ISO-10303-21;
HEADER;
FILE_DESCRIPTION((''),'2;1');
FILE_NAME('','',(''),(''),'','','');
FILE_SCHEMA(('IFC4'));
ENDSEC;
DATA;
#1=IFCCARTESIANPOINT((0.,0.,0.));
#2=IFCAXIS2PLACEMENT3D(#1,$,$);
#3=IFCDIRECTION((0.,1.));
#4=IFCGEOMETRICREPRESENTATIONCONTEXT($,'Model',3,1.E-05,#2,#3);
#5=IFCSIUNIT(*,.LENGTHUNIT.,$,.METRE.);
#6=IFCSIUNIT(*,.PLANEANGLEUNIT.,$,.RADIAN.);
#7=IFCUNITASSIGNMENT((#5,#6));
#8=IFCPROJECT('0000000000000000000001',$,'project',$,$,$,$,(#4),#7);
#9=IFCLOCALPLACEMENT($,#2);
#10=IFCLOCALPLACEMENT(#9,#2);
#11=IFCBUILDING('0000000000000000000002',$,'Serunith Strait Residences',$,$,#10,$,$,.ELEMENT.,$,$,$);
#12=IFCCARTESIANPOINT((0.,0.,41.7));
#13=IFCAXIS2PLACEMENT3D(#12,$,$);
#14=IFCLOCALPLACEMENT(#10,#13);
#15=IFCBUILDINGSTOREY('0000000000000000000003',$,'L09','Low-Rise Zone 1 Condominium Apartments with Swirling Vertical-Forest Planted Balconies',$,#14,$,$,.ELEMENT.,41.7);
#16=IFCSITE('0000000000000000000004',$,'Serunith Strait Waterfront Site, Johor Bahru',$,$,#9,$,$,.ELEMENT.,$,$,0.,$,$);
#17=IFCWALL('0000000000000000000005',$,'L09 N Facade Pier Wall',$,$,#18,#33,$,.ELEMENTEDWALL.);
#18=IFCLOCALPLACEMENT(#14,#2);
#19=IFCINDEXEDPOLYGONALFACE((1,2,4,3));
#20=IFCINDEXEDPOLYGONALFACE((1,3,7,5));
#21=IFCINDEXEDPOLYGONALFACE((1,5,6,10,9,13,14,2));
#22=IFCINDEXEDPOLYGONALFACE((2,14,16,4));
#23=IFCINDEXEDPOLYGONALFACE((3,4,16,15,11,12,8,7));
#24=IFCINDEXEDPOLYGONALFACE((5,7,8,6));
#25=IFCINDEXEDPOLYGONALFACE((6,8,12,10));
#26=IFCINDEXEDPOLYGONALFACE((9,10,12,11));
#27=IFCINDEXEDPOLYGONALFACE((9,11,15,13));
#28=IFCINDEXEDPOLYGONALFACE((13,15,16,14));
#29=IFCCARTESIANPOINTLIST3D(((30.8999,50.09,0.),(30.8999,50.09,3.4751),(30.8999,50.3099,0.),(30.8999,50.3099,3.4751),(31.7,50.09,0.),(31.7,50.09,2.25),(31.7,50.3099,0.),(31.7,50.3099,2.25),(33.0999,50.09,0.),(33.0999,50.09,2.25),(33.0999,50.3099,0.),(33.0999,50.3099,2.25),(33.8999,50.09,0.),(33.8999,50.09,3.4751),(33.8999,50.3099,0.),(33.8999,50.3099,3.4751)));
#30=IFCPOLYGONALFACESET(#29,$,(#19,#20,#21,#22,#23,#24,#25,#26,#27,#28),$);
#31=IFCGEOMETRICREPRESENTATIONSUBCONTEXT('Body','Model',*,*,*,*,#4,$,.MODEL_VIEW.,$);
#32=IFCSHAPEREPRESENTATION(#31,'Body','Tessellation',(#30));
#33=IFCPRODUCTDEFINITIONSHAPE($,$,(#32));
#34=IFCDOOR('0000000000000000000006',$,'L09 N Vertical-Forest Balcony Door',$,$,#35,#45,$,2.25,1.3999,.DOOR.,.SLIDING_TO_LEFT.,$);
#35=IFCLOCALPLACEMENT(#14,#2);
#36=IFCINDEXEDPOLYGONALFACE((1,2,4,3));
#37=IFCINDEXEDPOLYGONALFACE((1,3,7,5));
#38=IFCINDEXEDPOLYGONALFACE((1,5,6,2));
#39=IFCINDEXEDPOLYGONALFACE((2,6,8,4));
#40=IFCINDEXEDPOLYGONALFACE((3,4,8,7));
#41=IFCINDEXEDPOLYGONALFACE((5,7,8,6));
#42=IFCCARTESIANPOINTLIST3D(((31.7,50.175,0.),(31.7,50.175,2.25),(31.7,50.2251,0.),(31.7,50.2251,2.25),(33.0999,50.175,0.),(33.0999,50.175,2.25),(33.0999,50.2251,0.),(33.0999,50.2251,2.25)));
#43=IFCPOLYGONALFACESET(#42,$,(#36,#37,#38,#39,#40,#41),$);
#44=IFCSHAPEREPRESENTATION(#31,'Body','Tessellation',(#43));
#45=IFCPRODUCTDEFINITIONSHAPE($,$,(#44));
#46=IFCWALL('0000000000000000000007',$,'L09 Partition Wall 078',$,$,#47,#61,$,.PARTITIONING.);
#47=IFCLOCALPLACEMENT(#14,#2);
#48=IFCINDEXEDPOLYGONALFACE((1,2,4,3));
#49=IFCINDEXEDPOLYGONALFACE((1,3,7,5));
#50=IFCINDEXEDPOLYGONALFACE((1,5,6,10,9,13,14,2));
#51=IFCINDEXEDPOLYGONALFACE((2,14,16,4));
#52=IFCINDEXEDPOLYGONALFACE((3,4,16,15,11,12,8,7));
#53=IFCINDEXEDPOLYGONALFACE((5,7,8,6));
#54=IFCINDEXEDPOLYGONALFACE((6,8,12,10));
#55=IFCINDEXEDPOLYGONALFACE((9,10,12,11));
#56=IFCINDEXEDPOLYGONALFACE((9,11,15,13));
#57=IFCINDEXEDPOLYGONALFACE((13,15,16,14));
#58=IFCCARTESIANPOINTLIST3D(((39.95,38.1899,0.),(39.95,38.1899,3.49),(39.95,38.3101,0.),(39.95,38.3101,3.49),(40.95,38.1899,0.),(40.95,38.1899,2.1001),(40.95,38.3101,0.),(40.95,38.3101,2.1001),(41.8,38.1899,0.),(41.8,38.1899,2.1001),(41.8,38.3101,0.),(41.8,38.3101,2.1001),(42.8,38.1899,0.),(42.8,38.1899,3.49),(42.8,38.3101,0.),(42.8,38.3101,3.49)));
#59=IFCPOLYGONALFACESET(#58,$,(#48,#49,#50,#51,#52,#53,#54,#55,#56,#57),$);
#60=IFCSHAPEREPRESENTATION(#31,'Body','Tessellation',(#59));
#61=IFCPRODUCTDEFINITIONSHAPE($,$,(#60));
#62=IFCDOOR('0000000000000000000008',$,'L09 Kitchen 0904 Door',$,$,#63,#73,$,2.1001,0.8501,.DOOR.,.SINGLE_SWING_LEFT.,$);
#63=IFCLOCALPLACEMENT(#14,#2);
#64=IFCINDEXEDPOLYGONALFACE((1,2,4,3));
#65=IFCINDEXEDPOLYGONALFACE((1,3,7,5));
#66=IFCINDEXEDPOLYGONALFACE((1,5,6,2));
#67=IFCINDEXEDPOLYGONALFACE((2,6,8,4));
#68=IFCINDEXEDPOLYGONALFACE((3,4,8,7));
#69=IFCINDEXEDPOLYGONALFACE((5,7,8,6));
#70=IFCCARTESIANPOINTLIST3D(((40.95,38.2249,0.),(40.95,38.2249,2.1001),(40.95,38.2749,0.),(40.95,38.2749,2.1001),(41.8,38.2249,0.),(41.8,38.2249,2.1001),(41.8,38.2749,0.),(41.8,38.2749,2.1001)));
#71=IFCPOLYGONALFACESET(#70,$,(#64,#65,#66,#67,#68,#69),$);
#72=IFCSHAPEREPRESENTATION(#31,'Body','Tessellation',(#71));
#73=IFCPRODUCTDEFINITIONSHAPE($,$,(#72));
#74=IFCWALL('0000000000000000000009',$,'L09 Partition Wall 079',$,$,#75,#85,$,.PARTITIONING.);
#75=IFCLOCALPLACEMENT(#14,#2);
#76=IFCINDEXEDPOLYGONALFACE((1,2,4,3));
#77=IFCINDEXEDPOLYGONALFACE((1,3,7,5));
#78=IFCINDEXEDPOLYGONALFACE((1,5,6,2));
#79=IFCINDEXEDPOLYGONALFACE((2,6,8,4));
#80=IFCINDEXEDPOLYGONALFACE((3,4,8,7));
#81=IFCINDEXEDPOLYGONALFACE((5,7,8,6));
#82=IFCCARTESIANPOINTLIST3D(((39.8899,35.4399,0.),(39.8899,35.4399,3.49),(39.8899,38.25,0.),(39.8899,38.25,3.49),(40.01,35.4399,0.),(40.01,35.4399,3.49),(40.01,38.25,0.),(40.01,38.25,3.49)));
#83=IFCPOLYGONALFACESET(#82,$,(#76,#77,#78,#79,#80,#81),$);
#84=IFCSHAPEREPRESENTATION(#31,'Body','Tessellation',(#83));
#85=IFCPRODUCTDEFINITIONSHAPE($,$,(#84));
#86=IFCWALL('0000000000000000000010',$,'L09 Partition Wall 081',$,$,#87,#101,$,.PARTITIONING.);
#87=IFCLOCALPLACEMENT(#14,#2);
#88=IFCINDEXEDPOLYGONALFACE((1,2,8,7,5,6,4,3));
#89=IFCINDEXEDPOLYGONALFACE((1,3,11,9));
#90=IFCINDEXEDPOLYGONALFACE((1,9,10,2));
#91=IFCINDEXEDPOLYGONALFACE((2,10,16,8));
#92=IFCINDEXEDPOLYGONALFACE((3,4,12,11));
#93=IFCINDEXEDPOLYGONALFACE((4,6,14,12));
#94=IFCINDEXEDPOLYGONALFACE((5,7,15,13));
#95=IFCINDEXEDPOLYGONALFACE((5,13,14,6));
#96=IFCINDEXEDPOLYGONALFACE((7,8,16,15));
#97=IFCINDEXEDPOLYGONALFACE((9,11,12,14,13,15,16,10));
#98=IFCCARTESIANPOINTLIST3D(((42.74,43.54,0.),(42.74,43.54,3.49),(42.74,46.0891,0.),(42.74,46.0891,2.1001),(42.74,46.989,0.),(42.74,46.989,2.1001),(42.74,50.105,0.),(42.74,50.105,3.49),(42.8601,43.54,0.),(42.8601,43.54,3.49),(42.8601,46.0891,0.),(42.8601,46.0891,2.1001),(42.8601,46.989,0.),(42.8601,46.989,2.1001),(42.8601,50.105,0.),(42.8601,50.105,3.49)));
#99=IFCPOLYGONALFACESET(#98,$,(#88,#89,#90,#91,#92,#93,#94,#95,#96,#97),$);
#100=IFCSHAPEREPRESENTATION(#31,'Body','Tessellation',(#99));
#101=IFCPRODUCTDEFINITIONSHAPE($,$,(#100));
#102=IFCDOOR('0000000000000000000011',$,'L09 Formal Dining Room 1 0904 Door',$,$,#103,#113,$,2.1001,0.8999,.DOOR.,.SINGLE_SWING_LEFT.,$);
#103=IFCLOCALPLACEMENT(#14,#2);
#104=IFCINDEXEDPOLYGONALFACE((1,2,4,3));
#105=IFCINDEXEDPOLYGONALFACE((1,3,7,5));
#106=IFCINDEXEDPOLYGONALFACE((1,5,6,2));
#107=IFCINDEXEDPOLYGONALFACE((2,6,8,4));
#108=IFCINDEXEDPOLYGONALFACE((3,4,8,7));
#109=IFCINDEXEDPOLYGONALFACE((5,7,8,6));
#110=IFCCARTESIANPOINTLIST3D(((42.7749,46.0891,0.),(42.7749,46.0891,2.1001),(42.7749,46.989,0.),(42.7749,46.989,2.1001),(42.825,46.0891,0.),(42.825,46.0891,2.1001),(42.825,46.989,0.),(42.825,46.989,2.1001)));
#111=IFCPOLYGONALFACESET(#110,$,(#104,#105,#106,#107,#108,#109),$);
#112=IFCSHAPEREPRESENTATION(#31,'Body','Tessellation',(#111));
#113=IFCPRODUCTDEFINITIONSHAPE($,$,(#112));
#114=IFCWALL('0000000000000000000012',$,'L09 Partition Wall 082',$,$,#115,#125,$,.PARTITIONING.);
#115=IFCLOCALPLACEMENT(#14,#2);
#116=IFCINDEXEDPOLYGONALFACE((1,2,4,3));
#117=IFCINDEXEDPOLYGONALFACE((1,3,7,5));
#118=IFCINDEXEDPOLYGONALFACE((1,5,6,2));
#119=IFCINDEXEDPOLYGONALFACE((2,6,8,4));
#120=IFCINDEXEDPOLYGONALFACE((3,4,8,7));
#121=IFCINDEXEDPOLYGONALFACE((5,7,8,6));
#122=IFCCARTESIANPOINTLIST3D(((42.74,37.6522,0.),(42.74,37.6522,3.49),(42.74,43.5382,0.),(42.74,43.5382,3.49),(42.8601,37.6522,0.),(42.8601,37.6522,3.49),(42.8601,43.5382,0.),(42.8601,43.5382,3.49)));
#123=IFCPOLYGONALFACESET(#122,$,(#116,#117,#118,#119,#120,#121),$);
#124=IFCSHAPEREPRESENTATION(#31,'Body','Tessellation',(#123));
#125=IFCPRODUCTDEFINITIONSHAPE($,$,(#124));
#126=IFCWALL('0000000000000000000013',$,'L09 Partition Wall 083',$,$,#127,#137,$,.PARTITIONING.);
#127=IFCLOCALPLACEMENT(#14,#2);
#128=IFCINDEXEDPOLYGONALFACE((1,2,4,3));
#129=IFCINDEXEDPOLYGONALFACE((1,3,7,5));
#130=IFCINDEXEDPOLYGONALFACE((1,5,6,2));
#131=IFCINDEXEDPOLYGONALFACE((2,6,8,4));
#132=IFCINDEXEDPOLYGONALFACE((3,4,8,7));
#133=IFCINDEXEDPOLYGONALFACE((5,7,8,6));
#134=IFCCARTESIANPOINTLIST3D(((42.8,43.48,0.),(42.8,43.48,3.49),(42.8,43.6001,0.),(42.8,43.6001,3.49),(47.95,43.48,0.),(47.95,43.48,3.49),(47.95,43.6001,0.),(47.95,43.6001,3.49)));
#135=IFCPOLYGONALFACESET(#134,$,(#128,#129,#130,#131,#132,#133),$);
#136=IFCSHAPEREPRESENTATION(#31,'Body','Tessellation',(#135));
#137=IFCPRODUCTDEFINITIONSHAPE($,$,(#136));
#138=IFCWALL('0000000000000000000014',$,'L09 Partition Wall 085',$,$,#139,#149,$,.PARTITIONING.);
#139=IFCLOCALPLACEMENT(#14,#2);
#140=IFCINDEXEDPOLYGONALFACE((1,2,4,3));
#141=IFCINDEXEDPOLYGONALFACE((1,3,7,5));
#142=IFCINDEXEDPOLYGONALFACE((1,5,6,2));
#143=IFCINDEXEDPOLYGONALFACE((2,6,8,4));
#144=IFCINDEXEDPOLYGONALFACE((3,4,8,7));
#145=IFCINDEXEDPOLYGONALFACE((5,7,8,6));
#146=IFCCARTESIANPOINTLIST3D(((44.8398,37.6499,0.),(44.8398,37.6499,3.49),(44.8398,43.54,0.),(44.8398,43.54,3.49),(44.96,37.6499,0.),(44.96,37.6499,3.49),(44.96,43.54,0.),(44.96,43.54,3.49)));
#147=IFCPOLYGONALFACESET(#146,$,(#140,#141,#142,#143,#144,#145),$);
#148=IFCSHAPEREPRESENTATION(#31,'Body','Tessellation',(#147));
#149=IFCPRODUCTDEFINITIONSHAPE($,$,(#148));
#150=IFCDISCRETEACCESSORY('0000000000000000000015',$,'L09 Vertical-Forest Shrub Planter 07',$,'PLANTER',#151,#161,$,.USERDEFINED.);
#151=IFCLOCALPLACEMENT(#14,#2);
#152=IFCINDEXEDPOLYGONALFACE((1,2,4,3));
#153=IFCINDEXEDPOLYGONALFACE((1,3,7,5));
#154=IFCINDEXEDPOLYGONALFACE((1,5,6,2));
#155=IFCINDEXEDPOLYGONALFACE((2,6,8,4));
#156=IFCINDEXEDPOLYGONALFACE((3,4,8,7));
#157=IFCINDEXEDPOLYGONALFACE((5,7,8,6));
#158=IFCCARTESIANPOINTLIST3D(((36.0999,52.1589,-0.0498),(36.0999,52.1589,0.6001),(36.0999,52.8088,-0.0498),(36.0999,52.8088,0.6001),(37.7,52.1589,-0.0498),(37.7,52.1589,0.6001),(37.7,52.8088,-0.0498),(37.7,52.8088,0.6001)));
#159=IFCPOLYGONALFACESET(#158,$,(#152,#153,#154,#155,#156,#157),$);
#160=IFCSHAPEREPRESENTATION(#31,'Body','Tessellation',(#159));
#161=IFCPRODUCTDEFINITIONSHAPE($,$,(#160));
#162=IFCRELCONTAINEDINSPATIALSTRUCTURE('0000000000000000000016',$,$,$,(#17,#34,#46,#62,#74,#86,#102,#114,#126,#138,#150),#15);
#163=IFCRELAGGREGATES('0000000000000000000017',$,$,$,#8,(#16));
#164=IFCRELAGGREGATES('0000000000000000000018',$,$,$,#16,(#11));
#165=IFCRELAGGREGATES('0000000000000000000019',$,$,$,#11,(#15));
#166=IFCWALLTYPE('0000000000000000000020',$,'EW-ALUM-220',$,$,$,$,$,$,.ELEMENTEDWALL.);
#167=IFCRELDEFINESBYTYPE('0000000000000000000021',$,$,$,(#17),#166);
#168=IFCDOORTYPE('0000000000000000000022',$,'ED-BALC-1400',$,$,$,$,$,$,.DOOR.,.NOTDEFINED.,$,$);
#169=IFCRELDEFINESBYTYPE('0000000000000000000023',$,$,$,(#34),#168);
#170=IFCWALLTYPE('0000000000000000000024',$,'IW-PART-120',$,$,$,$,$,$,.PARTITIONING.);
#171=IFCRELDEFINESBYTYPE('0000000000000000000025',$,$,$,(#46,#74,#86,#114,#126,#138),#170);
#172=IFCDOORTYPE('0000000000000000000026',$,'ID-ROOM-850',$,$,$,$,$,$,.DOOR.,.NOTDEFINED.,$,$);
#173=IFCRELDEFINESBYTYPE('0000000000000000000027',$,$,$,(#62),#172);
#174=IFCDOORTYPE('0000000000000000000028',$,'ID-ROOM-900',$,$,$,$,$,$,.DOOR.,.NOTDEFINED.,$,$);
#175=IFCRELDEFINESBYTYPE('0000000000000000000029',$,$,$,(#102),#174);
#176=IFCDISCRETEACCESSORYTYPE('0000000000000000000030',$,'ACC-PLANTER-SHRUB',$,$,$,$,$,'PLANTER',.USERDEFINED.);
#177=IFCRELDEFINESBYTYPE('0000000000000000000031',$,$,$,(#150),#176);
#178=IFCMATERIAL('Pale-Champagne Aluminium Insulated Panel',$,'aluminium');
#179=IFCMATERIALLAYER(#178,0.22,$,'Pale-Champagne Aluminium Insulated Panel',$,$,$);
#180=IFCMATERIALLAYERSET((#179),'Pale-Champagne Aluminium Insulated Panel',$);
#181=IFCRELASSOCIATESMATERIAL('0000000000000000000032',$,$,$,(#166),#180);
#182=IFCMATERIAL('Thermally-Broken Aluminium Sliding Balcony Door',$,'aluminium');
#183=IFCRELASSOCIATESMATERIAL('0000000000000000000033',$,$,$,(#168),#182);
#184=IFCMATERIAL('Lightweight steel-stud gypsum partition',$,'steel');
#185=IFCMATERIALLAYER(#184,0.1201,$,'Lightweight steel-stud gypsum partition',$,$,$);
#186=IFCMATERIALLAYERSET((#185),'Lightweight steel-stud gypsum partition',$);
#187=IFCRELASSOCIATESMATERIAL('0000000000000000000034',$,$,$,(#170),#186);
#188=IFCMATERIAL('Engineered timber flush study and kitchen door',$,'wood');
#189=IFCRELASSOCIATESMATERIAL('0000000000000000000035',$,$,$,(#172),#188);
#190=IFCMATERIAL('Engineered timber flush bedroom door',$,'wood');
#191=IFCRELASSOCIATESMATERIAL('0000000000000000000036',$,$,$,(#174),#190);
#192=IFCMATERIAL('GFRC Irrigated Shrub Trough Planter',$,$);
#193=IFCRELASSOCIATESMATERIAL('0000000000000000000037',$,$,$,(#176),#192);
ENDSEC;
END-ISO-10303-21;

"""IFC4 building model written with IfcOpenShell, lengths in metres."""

from ifc_helpers import new_model, si_unit, direction, frame, frame_2d, origin, origin_2d, place, context, subcontext, project, spatial, rectangle, extrude, source, transform, mapped, material, layer, layer_set, type_object, element, fill, save


model = new_model("IFC4")

# Units and contexts
model_context = context("Model", 3, precision=1e-05, world=origin(), true_north=direction((0.0, 1.0)))
body_context = subcontext(model_context, "Body", "Model", "MODEL_VIEW")
ifc_project = project(units=[si_unit("LENGTHUNIT", "METRE"), si_unit("PLANEANGLEUNIT", "RADIAN")], contexts=[model_context])

# Site, building, storey
site_placement = place(None, origin())
site = spatial("IfcSite", under=ifc_project, at=site_placement, Name="Serunith Strait Waterfront Site, Johor Bahru", CompositionType="ELEMENT", RefElevation=0.0)
building_placement = place(site_placement, origin())
building = spatial("IfcBuilding", under=site, at=building_placement, Name="Serunith Strait Residences", CompositionType="ELEMENT")
storey_placement = place(building_placement, frame((0.0, 0.0, 41.7)))
storey = spatial("IfcBuildingStorey", under=building, at=storey_placement, Name="L09", Description="Low-Rise Zone 1 Condominium Apartments with Swirling Vertical-Forest Planted Balconies", CompositionType="ELEMENT", Elevation=41.7)

# Walls, openings, doors
ifc_material_1 = material(Name="Pale-Champagne Aluminium Insulated Panel", Category="aluminium")
ifc_layer_1 = layer(ifc_material_1, 0.22, Name="Pale-Champagne Aluminium Insulated Panel")
ifc_layer_set_1 = layer_set([ifc_layer_1], Name="Pale-Champagne Aluminium Insulated Panel")
wall_type_1 = type_object("IfcWallType", Name="EW-ALUM-220", PredefinedType="ELEMENTEDWALL", material=ifc_layer_set_1)
wall_1_placement = place(storey_placement, frame((33.8999, 50.2, 0.0), z_axis=(0.0, 0.0, 1.0), x_axis=(-1.0, 0.0, 0.0)))
wall_1 = element("IfcWall", 1, at=wall_1_placement, inside=storey, type_object=wall_type_1, Name="L09 N Facade Pier Wall", PredefinedType="ELEMENTEDWALL", context=body_context, shape_type="SweptSolid", body=[
    extrude(rectangle(XDim=3.0, YDim=0.22, at=frame_2d((1.5, 0.0))), origin(), (0.0, 0.0, 1.0), 3.4751),
])
opening_1_placement = place(wall_1_placement, frame((0.8, 0.0, 0.0)))
opening_1 = element("IfcOpeningElement", 2, at=opening_1_placement, cuts=wall_1, PredefinedType="OPENING", context=body_context, shape_type="SweptSolid", body=[
    extrude(rectangle(XDim=1.3999, YDim=2.25, at=frame_2d((0.7, 1.125))), frame((0.0, 0.1201, 0.0), z_axis=(0.0, -1.0, 0.0), x_axis=(1.0, 0.0, 0.0)), (0.0, 0.0, 1.0), 0.24),
])
ifc_material_2 = material(Name="Thermally-Broken Aluminium Sliding Balcony Door", Category="aluminium")
door_type_1 = type_object("IfcDoorType", Name="ED-BALC-1400", OperationType="NOTDEFINED", PredefinedType="DOOR", material=ifc_material_2)
shared_shape_1 = source(origin(), body_context, "Body", "SweptSolid", [
    extrude(rectangle(XDim=1.3999, YDim=2.25, at=frame_2d((0.7, 1.125))), frame((0.0, 0.0249, 0.0), z_axis=(0.0, -1.0, 0.0), x_axis=(1.0, 0.0, 0.0)), (0.0, 0.0, 1.0), 0.05),
])
door_1_placement = place(opening_1_placement, origin())
door_1 = element("IfcDoor", 3, at=door_1_placement, inside=storey, type_object=door_type_1, Name="L09 N Vertical-Forest Balcony Door", OperationType="SLIDING_TO_LEFT", OverallHeight=2.25, OverallWidth=1.3999, PredefinedType="DOOR", context=body_context, shape_type="MappedRepresentation", body=[
    mapped(shared_shape_1, transform((0.0, 0.0, 0.0), scale=1.0)),
])
fill(opening_1, door_1)
ifc_material_3 = material(Name="Lightweight steel-stud gypsum partition", Category="steel")
ifc_layer_2 = layer(ifc_material_3, 0.1201, Name="Lightweight steel-stud gypsum partition")
ifc_layer_set_2 = layer_set([ifc_layer_2], Name="Lightweight steel-stud gypsum partition")
wall_type_2 = type_object("IfcWallType", Name="IW-PART-120", PredefinedType="PARTITIONING", material=ifc_layer_set_2)
wall_2_placement = place(storey_placement, frame((39.95, 38.25, 0.0), z_axis=(0.0, 0.0, 1.0), x_axis=(1.0, 0.0, 0.0)))
wall_2 = element("IfcWall", 4, at=wall_2_placement, inside=storey, type_object=wall_type_2, Name="L09 Partition Wall 078", PredefinedType="PARTITIONING", context=body_context, shape_type="SweptSolid", body=[
    extrude(rectangle(XDim=2.8501, YDim=0.1201, at=frame_2d((1.425, 0.0))), origin(), (0.0, 0.0, 1.0), 3.49),
])
opening_2_placement = place(wall_2_placement, frame((1.0, 0.0, 0.0)))
opening_2 = element("IfcOpeningElement", 5, at=opening_2_placement, cuts=wall_2, PredefinedType="OPENING", context=body_context, shape_type="SweptSolid", body=[
    extrude(rectangle(XDim=0.8501, YDim=2.1001, at=frame_2d((0.425, 1.05))), frame((0.0, 0.0701, 0.0), z_axis=(0.0, -1.0, 0.0), x_axis=(1.0, 0.0, 0.0)), (0.0, 0.0, 1.0), 0.1401),
])
ifc_material_4 = material(Name="Engineered timber flush study and kitchen door", Category="wood")
door_type_2 = type_object("IfcDoorType", Name="ID-ROOM-850", OperationType="NOTDEFINED", PredefinedType="DOOR", material=ifc_material_4)
shared_shape_2 = source(origin(), body_context, "Body", "SweptSolid", [
    extrude(rectangle(XDim=0.8501, YDim=2.1001, at=frame_2d((0.425, 1.05))), frame((0.0, 0.0249, 0.0), z_axis=(0.0, -1.0, 0.0), x_axis=(1.0, 0.0, 0.0)), (0.0, 0.0, 1.0), 0.05),
])
door_2_placement = place(opening_2_placement, origin())
door_2 = element("IfcDoor", 6, at=door_2_placement, inside=storey, type_object=door_type_2, Name="L09 Kitchen 0904 Door", OperationType="SINGLE_SWING_LEFT", OverallHeight=2.1001, OverallWidth=0.8501, PredefinedType="DOOR", context=body_context, shape_type="MappedRepresentation", body=[
    mapped(shared_shape_2, transform((0.0, 0.0, 0.0), scale=1.0)),
])
fill(opening_2, door_2)

# Wall
wall_3_placement = place(storey_placement, frame((39.95, 38.25, 0.0), z_axis=(0.0, 0.0, 1.0), x_axis=(0.0, -1.0, 0.0)))
element("IfcWall", 7, at=wall_3_placement, inside=storey, type_object=wall_type_2, Name="L09 Partition Wall 079", PredefinedType="PARTITIONING", context=body_context, shape_type="SweptSolid", body=[
    extrude(rectangle(XDim=2.8101, YDim=0.1201, at=frame_2d((1.405, 0.0))), origin(), (0.0, 0.0, 1.0), 3.49),
])

# Wall, opening, door
wall_4_placement = place(storey_placement, frame((42.8, 50.105, 0.0), z_axis=(0.0, 0.0, 1.0), x_axis=(0.0, -1.0, 0.0)))
wall_4 = element("IfcWall", 8, at=wall_4_placement, inside=storey, type_object=wall_type_2, Name="L09 Partition Wall 081", PredefinedType="PARTITIONING", context=body_context, shape_type="SweptSolid", body=[
    extrude(rectangle(XDim=6.5649, YDim=0.1201, at=frame_2d((3.2825, 0.0))), origin(), (0.0, 0.0, 1.0), 3.49),
])
opening_3_placement = place(wall_4_placement, frame((3.116, 0.0, 0.0)))
opening_3 = element("IfcOpeningElement", 9, at=opening_3_placement, cuts=wall_4, PredefinedType="OPENING", context=body_context, shape_type="SweptSolid", body=[
    extrude(rectangle(XDim=0.8999, YDim=2.1001, at=frame_2d((0.45, 1.05))), frame((0.0, 0.0701, 0.0), z_axis=(0.0, -1.0, 0.0), x_axis=(1.0, 0.0, 0.0)), (0.0, 0.0, 1.0), 0.1401),
])
ifc_material_5 = material(Name="Engineered timber flush bedroom door", Category="wood")
door_type_3 = type_object("IfcDoorType", Name="ID-ROOM-900", OperationType="NOTDEFINED", PredefinedType="DOOR", material=ifc_material_5)
shared_shape_3 = source(origin(), body_context, "Body", "SweptSolid", [
    extrude(rectangle(XDim=0.8999, YDim=2.1001, at=frame_2d((0.45, 1.05))), frame((0.0, 0.0249, 0.0), z_axis=(0.0, -1.0, 0.0), x_axis=(1.0, 0.0, 0.0)), (0.0, 0.0, 1.0), 0.05),
])
door_3_placement = place(opening_3_placement, origin())
door_3 = element("IfcDoor", 10, at=door_3_placement, inside=storey, type_object=door_type_3, Name="L09 Formal Dining Room 1 0904 Door", OperationType="SINGLE_SWING_LEFT", OverallHeight=2.1001, OverallWidth=0.8999, PredefinedType="DOOR", context=body_context, shape_type="MappedRepresentation", body=[
    mapped(shared_shape_3, transform((0.0, 0.0, 0.0), scale=1.0)),
])
fill(opening_3, door_3)

# Walls
wall_5_placement = place(storey_placement, frame((42.8, 43.5381, 0.0), z_axis=(0.0, 0.0, 1.0), x_axis=(0.0, -1.0, 0.0)))
element("IfcWall", 11, at=wall_5_placement, inside=storey, type_object=wall_type_2, Name="L09 Partition Wall 082", PredefinedType="PARTITIONING", context=body_context, shape_type="SweptSolid", body=[
    extrude(rectangle(XDim=5.886, YDim=0.1201, at=frame_2d((2.9429, 0.0))), origin(), (0.0, 0.0, 1.0), 3.49),
])
wall_6_placement = place(storey_placement, frame((42.8, 43.54, 0.0), z_axis=(0.0, 0.0, 1.0), x_axis=(1.0, 0.0, 0.0)))
element("IfcWall", 12, at=wall_6_placement, inside=storey, type_object=wall_type_2, Name="L09 Partition Wall 083", PredefinedType="PARTITIONING", context=body_context, shape_type="SweptSolid", body=[
    extrude(rectangle(XDim=5.1499, YDim=0.1201, at=frame_2d((2.575, 0.0))), origin(), (0.0, 0.0, 1.0), 3.49),
])
wall_7_placement = place(storey_placement, frame((44.8999, 43.54, 0.0), z_axis=(0.0, 0.0, 1.0), x_axis=(0.0, -1.0, 0.0)))
element("IfcWall", 13, at=wall_7_placement, inside=storey, type_object=wall_type_2, Name="L09 Partition Wall 085", PredefinedType="PARTITIONING", context=body_context, shape_type="SweptSolid", body=[
    extrude(rectangle(XDim=5.8901, YDim=0.1201, at=frame_2d((2.9451, 0.0))), origin(), (0.0, 0.0, 1.0), 3.49),
])

# Discrete accessory
ifc_material_6 = material(Name="GFRC Irrigated Shrub Trough Planter")
discrete_accessory_type = type_object("IfcDiscreteAccessoryType", Name="ACC-PLANTER-SHRUB", ElementType="PLANTER", PredefinedType="USERDEFINED", material=ifc_material_6)
shared_shape_4 = source(origin(), body_context, "Body", "SweptSolid", [
    extrude(rectangle(XDim=1.6001, YDim=0.6499, at=origin_2d()), origin(), (0.0, 0.0, 1.0), 0.6499),
])
discrete_accessory_placement = place(storey_placement, frame((36.8999, 52.4839, -0.0498), z_axis=(0.0, 0.0, 1.0), x_axis=(-1.0, 0.0, 0.0)))
element("IfcDiscreteAccessory", 14, at=discrete_accessory_placement, inside=storey, type_object=discrete_accessory_type, Name="L09 Vertical-Forest Shrub Planter 07", ObjectType="PLANTER", PredefinedType="USERDEFINED", context=body_context, shape_type="MappedRepresentation", body=[
    mapped(shared_shape_4, transform((0.0, 0.0, 0.0), scale=1.0)),
])

save(model, "model.ifc")
